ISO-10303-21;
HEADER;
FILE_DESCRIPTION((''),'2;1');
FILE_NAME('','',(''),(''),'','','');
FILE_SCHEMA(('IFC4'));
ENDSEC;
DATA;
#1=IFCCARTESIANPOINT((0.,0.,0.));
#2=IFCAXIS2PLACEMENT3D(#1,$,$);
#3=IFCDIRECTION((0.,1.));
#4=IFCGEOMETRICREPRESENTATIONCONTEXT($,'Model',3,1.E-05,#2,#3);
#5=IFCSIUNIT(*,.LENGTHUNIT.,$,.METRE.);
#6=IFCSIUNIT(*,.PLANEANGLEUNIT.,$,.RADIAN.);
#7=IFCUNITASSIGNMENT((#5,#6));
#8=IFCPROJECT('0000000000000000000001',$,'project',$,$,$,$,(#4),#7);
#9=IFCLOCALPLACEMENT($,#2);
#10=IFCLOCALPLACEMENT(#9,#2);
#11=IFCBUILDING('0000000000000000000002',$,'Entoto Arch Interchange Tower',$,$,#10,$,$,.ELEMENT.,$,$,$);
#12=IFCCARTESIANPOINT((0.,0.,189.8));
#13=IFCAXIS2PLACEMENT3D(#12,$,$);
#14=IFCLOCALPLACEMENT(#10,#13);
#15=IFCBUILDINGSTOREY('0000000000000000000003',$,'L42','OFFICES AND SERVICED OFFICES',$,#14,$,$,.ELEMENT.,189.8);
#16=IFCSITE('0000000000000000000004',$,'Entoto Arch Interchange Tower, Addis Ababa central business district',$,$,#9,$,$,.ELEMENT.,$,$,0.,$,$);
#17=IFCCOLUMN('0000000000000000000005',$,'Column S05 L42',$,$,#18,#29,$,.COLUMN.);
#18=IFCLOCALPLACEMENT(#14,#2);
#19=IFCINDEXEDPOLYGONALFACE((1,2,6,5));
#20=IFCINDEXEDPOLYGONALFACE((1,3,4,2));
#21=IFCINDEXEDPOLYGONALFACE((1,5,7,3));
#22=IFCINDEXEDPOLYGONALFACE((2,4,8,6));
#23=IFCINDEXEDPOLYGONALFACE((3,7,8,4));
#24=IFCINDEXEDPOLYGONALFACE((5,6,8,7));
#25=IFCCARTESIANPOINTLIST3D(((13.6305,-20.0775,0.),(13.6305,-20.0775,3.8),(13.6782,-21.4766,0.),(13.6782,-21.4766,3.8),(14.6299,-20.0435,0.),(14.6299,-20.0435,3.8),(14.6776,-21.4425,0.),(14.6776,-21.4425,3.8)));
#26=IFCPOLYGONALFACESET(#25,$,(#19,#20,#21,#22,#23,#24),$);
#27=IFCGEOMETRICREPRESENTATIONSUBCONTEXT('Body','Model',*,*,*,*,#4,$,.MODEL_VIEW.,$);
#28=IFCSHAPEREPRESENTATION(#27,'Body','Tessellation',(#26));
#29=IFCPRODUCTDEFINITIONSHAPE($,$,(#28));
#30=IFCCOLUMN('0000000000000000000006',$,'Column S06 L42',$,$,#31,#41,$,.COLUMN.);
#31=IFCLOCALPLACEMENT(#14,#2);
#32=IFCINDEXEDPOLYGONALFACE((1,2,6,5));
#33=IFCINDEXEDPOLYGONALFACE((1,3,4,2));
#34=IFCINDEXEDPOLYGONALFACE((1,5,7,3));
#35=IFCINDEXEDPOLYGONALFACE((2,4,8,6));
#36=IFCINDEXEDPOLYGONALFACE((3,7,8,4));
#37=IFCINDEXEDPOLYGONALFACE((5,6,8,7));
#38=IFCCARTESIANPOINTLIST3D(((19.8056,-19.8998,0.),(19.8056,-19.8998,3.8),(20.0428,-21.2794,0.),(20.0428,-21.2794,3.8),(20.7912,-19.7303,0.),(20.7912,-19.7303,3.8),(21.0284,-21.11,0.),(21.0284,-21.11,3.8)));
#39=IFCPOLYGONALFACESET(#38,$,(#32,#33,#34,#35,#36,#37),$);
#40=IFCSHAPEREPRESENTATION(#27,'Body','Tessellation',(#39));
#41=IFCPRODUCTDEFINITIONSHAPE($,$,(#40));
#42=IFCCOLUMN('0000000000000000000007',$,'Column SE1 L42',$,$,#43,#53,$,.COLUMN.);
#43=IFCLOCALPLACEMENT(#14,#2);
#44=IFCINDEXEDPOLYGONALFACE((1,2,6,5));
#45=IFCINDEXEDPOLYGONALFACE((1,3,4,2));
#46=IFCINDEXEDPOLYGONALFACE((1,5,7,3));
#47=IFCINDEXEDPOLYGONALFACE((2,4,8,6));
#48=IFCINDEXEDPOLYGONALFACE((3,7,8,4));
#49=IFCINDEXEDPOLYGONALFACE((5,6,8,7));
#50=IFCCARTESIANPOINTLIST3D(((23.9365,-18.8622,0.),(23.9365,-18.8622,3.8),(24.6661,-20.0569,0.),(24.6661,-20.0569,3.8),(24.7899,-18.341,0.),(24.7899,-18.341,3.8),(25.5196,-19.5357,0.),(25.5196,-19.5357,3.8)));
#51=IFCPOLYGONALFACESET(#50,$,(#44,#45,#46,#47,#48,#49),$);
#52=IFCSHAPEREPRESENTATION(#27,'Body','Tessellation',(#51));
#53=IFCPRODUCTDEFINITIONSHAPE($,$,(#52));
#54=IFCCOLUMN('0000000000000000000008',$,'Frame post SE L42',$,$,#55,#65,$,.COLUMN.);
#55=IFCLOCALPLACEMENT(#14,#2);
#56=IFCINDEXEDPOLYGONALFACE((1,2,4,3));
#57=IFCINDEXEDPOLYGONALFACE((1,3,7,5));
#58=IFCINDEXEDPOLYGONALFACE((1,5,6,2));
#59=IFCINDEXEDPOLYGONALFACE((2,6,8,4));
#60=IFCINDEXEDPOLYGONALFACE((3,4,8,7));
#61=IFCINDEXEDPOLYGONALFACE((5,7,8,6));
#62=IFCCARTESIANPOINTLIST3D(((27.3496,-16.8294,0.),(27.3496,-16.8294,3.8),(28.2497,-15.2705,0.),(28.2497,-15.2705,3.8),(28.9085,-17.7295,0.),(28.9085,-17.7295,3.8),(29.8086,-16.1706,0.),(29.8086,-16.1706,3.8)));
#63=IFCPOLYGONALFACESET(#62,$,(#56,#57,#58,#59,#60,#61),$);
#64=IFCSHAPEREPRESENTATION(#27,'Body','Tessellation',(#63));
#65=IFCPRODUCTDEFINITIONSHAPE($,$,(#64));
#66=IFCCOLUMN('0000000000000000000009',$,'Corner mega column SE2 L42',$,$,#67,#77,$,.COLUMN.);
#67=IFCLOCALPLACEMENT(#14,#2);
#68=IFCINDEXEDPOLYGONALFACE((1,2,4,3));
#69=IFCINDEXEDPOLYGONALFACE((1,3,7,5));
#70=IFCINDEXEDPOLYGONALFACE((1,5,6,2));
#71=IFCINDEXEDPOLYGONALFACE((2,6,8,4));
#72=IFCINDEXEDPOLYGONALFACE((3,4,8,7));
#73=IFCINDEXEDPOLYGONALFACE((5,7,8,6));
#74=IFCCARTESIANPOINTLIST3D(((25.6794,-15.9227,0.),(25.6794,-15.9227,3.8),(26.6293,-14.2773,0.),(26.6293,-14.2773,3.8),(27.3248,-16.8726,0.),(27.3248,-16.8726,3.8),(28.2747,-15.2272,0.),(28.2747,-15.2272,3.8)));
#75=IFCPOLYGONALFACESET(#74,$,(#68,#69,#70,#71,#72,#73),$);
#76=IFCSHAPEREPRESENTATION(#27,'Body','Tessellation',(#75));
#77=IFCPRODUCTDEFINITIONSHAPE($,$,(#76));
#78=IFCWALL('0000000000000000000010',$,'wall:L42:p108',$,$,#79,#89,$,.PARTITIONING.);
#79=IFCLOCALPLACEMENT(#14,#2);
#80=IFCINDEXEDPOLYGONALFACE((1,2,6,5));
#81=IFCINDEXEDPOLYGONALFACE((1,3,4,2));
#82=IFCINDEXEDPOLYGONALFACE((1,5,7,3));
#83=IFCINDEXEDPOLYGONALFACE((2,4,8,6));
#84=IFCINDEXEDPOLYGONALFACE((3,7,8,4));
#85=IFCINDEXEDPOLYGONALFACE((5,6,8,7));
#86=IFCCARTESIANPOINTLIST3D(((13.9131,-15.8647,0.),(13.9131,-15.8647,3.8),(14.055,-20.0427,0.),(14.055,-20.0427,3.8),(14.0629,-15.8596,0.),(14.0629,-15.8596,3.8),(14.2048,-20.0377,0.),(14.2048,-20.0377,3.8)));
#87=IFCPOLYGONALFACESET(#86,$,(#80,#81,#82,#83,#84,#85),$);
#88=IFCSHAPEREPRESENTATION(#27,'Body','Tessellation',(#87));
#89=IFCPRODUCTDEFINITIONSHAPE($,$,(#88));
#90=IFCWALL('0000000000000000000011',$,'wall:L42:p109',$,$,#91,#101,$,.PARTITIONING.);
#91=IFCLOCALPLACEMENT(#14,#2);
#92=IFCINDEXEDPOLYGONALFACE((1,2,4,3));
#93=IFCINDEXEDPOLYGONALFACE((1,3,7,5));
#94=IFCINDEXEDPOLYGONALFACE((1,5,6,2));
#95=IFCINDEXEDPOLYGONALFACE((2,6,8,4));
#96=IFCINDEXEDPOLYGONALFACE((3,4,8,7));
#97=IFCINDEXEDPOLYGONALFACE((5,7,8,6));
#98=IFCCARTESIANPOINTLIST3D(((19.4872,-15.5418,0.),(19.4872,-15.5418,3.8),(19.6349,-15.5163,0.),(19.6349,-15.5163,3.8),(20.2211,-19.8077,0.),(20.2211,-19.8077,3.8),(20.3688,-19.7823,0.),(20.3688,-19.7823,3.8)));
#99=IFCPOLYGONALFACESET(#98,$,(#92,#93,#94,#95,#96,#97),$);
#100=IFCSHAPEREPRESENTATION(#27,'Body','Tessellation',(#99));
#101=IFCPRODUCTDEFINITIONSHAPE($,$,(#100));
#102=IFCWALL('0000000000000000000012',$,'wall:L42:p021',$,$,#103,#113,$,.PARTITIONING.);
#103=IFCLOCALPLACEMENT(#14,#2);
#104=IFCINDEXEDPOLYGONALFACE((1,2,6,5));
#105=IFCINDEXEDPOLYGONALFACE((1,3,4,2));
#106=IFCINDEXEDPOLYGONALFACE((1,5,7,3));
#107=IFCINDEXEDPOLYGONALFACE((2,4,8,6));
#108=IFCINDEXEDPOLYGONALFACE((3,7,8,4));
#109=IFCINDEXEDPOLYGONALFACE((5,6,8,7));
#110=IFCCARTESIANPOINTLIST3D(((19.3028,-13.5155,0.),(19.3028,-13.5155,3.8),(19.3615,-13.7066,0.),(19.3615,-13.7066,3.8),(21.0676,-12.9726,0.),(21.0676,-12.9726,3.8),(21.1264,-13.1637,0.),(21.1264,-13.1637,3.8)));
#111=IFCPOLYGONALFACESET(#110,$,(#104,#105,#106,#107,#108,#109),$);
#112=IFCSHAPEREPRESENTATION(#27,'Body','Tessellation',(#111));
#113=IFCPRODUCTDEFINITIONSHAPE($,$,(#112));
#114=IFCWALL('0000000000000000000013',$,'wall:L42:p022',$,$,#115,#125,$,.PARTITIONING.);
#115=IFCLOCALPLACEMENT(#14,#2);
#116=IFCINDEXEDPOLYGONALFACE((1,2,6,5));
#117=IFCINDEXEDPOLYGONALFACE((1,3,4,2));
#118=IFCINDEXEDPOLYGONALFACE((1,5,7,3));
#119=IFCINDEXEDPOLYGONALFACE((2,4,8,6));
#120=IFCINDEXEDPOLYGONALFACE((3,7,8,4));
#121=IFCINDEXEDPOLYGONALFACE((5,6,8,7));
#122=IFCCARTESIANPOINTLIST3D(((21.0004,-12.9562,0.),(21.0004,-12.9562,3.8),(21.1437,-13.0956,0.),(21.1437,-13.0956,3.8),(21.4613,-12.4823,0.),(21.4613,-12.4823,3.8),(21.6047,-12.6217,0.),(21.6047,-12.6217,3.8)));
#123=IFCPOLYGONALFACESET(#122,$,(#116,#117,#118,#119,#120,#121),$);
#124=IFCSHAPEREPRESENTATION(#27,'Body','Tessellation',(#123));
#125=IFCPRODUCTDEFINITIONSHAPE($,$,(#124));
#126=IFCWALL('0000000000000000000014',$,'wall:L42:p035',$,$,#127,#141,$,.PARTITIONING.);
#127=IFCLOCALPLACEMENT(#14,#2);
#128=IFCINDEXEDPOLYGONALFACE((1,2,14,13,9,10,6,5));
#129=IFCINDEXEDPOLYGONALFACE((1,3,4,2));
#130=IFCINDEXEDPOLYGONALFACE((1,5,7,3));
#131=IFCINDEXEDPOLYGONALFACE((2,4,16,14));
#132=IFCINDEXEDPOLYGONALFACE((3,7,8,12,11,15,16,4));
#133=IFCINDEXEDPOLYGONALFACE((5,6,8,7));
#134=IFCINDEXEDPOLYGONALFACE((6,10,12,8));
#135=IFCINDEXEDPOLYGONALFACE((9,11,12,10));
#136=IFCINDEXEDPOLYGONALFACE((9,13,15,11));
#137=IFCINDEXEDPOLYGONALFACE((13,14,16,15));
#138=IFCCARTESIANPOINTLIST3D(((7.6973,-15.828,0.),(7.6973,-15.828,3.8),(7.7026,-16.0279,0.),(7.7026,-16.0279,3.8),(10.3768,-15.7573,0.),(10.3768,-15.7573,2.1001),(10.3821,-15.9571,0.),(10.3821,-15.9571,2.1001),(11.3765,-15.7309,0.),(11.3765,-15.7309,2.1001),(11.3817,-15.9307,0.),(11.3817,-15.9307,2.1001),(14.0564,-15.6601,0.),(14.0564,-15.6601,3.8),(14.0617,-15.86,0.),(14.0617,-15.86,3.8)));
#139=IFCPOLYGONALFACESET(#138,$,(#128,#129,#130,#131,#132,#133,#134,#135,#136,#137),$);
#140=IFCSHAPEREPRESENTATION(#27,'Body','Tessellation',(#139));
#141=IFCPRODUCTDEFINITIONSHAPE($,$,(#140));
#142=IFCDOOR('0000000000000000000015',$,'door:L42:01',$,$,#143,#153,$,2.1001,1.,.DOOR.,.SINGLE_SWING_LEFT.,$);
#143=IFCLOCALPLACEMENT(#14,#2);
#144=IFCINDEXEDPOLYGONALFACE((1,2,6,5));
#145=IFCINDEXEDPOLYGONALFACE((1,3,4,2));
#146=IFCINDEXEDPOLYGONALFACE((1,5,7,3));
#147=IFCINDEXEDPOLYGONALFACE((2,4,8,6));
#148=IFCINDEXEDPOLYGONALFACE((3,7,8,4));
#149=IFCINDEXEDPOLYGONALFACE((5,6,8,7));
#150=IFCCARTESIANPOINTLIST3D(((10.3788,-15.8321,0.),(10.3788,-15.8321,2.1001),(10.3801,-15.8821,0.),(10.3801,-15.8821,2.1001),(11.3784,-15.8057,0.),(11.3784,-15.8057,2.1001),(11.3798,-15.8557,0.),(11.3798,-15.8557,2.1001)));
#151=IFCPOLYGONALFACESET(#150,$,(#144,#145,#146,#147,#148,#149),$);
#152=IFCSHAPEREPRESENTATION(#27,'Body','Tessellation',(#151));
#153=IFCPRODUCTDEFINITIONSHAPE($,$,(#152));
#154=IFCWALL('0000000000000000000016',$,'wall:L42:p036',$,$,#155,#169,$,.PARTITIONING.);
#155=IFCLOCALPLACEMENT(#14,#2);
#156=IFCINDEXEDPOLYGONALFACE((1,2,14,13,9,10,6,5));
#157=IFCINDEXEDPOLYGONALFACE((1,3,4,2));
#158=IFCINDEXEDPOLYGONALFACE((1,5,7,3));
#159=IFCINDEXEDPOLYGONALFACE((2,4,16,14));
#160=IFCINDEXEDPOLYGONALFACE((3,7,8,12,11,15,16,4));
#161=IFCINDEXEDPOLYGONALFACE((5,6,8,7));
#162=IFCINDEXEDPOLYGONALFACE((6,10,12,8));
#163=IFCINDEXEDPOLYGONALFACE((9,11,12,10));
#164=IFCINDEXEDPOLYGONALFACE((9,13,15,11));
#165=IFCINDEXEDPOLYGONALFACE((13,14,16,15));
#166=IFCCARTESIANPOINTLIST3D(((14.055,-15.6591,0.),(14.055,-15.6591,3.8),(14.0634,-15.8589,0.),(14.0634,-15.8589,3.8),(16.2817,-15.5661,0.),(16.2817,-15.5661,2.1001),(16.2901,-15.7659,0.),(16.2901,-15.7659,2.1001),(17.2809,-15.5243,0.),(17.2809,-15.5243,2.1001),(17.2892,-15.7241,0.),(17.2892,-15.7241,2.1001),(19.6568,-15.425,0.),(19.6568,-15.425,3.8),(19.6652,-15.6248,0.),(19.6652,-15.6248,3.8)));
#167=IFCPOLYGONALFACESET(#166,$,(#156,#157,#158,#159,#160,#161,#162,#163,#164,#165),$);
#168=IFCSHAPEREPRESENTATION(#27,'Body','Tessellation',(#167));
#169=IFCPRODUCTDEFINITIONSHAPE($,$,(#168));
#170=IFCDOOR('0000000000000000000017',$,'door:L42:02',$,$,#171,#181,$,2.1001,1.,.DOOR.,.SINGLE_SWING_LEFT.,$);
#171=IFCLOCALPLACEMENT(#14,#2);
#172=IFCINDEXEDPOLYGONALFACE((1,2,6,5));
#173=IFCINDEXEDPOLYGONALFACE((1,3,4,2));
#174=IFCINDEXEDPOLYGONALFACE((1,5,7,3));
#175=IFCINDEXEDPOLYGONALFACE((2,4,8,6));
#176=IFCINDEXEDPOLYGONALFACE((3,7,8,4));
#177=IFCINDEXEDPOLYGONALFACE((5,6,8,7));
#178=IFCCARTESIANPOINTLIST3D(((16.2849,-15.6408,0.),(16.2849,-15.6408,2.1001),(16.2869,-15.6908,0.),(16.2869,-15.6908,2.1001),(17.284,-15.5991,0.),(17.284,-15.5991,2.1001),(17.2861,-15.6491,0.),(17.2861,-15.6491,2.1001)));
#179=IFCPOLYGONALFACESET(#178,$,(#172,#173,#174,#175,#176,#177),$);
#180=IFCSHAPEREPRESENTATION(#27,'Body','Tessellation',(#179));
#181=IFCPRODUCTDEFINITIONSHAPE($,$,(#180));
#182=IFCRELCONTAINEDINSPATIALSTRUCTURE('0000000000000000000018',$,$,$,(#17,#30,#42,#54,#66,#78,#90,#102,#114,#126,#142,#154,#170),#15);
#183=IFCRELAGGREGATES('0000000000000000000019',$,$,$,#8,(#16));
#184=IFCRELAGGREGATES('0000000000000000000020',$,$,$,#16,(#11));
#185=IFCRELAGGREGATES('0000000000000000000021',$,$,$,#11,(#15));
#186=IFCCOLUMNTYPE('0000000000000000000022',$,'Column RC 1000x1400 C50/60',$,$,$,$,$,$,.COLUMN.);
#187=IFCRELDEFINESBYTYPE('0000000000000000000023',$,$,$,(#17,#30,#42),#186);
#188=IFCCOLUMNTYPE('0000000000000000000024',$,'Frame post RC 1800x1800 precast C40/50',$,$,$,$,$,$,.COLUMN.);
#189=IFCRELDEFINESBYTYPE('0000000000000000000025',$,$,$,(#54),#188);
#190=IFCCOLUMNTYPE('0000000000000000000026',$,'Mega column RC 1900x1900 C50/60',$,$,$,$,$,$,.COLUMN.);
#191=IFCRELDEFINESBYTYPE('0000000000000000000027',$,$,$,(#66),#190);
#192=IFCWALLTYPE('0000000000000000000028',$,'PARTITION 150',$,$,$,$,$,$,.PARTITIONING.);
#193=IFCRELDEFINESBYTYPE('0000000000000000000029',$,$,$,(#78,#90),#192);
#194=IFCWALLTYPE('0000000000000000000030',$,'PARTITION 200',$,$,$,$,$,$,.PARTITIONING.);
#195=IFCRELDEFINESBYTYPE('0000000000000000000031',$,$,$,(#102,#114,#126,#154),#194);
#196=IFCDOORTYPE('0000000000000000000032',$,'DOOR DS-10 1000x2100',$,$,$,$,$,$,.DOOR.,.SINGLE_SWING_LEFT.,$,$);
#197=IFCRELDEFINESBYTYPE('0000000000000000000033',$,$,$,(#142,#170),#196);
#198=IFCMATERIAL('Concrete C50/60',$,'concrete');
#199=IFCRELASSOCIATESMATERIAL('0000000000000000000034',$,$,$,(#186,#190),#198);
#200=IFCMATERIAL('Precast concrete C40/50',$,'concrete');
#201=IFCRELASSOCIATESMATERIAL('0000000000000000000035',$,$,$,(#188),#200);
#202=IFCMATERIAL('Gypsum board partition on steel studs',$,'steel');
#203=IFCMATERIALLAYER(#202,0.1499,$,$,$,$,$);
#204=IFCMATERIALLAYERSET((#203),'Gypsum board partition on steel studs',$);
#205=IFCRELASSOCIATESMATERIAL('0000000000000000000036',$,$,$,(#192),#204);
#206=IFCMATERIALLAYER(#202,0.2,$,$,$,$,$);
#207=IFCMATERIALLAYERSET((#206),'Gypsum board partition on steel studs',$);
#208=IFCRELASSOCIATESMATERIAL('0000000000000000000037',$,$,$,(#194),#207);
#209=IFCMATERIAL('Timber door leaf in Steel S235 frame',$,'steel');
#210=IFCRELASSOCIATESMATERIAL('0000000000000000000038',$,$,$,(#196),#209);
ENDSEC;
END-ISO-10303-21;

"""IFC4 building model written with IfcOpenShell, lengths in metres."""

from ifc_helpers import new_model, si_unit, direction, frame, frame_2d, origin, origin_2d, place, context, subcontext, project, spatial, rectangle, extrude, material, layer, layer_set, material_profile, profile_set, type_object, element, fill, save


model = new_model("IFC4")

# Units and contexts
model_context = context("Model", 3, precision=1e-05, world=origin(), true_north=direction((0.0, 1.0)))
body_context = subcontext(model_context, "Body", "Model", "MODEL_VIEW")
ifc_project = project(units=[si_unit("LENGTHUNIT", "METRE"), si_unit("PLANEANGLEUNIT", "RADIAN")], contexts=[model_context])

# Site, building, storey
site_placement = place(None, origin())
site = spatial("IfcSite", under=ifc_project, at=site_placement, Name="Entoto Arch Interchange Tower, Addis Ababa central business district", CompositionType="ELEMENT", RefElevation=0.0)
building_placement = place(site_placement, origin())
building = spatial("IfcBuilding", under=site, at=building_placement, Name="Entoto Arch Interchange Tower", CompositionType="ELEMENT")
storey_placement = place(building_placement, frame((0.0, 0.0, 189.8)))
storey = spatial("IfcBuildingStorey", under=building, at=storey_placement, Name="L42", Description="OFFICES AND SERVICED OFFICES", CompositionType="ELEMENT", Elevation=189.8)

# Columns
ifc_material_1 = material(Name="Concrete C50/60", Category="concrete")
ifc_material_profile_1 = material_profile(ifc_material_1, rectangle(XDim=1.0, YDim=1.3999, at=origin_2d()))
ifc_profile_set_1 = profile_set([ifc_material_profile_1], Name="Concrete C50/60")
column_type_1 = type_object("IfcColumnType", Name="Column RC 1000x1400 C50/60", PredefinedType="COLUMN", material=ifc_profile_set_1)
for number, where, z_axis, x_axis, name in (
    (1, (14.1541, -20.76, 0.0), (0.0, 0.0, 1.0), (0.999421, 0.034027, 0.0), "Column S05 L42"),
    (2, (20.417, -20.5049, 0.0), (0.0, 0.0, 1.0), (0.985541, 0.169436, 0.0), "Column S06 L42"),
    (3, (24.728, -19.199, 0.0), (0.0, 0.0, 1.0), (0.853423, 0.521218, 0.0), "Column SE1 L42"),
):
    element("IfcColumn", number, at=place(storey_placement, frame(where, z_axis=z_axis, x_axis=x_axis)), inside=storey, type_object=column_type_1, Name=name, PredefinedType="COLUMN", context=body_context, shape_type="SweptSolid", body=[
        extrude(rectangle(XDim=1.0, YDim=1.3999, at=origin_2d()), origin(), (0.0, 0.0, 1.0), 3.8),
    ])
ifc_material_2 = material(Name="Precast concrete C40/50", Category="concrete")
ifc_material_profile_2 = material_profile(ifc_material_2, rectangle(XDim=1.8, YDim=1.8, at=origin_2d()))
ifc_profile_set_2 = profile_set([ifc_material_profile_2], Name="Precast concrete C40/50")
column_type_2 = type_object("IfcColumnType", Name="Frame post RC 1800x1800 precast C40/50", PredefinedType="COLUMN", material=ifc_profile_set_2)
column_1_placement = place(storey_placement, frame((28.5791, -16.5, 0.0), z_axis=(0.0, 0.0, 1.0), x_axis=(-0.866025, 0.5, 0.0)))
element("IfcColumn", 4, at=column_1_placement, inside=storey, type_object=column_type_2, Name="Frame post SE L42", PredefinedType="COLUMN", context=body_context, shape_type="SweptSolid", body=[
    extrude(rectangle(XDim=1.8, YDim=1.8, at=origin_2d()), origin(), (0.0, 0.0, 1.0), 3.8),
])
ifc_material_profile_3 = material_profile(ifc_material_1, rectangle(XDim=1.8999, YDim=1.8999, at=origin_2d()))
ifc_profile_set_3 = profile_set([ifc_material_profile_3], Name="Concrete C50/60")
column_type_3 = type_object("IfcColumnType", Name="Mega column RC 1900x1900 C50/60", PredefinedType="COLUMN", material=ifc_profile_set_3)
column_2_placement = place(storey_placement, frame((26.9771, -15.575, 0.0), z_axis=(0.0, 0.0, 1.0), x_axis=(-0.866025, 0.5, 0.0)))
element("IfcColumn", 5, at=column_2_placement, inside=storey, type_object=column_type_3, Name="Corner mega column SE2 L42", PredefinedType="COLUMN", context=body_context, shape_type="SweptSolid", body=[
    extrude(rectangle(XDim=1.8999, YDim=1.8999, at=origin_2d()), origin(), (0.0, 0.0, 1.0), 3.8),
])

# Walls
ifc_material_3 = material(Name="Gypsum board partition on steel studs", Category="steel")
ifc_layer_1 = layer(ifc_material_3, 0.1499)
ifc_layer_set_1 = layer_set([ifc_layer_1], Name="Gypsum board partition on steel studs")
wall_type_1 = type_object("IfcWallType", Name="PARTITION 150", PredefinedType="PARTITIONING", material=ifc_layer_set_1)
wall_1_placement = place(storey_placement, frame((13.988, -15.8621, 0.0), z_axis=(0.0, 0.0, 1.0), x_axis=(0.033931, -0.999424, 0.0)))
element("IfcWall", 6, at=wall_1_placement, inside=storey, type_object=wall_type_1, Name="wall:L42:p108", PredefinedType="PARTITIONING", context=body_context, shape_type="SweptSolid", body=[
    extrude(rectangle(XDim=4.1804, YDim=0.1499, at=frame_2d((2.0903, 0.0))), origin(), (0.0, 0.0, 1.0), 3.8),
])
wall_2_placement = place(storey_placement, frame((19.561, -15.5291, 0.0), z_axis=(0.0, 0.0, 1.0), x_axis=(0.169546, -0.985522, 0.0)))
element("IfcWall", 7, at=wall_2_placement, inside=storey, type_object=wall_type_1, Name="wall:L42:p109", PredefinedType="PARTITIONING", context=body_context, shape_type="SweptSolid", body=[
    extrude(rectangle(XDim=4.3286, YDim=0.1499, at=frame_2d((2.1643, 0.0))), origin(), (0.0, 0.0, 1.0), 3.8),
])
ifc_layer_2 = layer(ifc_material_3, 0.2)
ifc_layer_set_2 = layer_set([ifc_layer_2], Name="Gypsum board partition on steel studs")
wall_type_2 = type_object("IfcWallType", Name="PARTITION 200", PredefinedType="PARTITIONING", material=ifc_layer_set_2)
wall_3_placement = place(storey_placement, frame((19.332, -13.6111, 0.0), z_axis=(0.0, 0.0, 1.0), x_axis=(0.95579, 0.294049, 0.0)))
element("IfcWall", 8, at=wall_3_placement, inside=storey, type_object=wall_type_2, Name="wall:L42:p021", PredefinedType="PARTITIONING", context=body_context, shape_type="SweptSolid", body=[
    extrude(rectangle(XDim=1.8464, YDim=0.2, at=frame_2d((0.9233, 0.0))), origin(), (0.0, 0.0, 1.0), 3.8),
])
wall_4_placement = place(storey_placement, frame((21.072, -13.0259, 0.0), z_axis=(0.0, 0.0, 1.0), x_axis=(0.697252, 0.716826, 0.0)))
element("IfcWall", 9, at=wall_4_placement, inside=storey, type_object=wall_type_2, Name="wall:L42:p022", PredefinedType="PARTITIONING", context=body_context, shape_type="SweptSolid", body=[
    extrude(rectangle(XDim=0.6611, YDim=0.2, at=frame_2d((0.3306, 0.0))), origin(), (0.0, 0.0, 1.0), 3.8),
])

# Walls, openings, doors
wall_5_placement = place(storey_placement, frame((14.0591, -15.76, 0.0), z_axis=(0.0, 0.0, 1.0), x_axis=(-0.999651, -0.026405, 0.0)))
wall_5 = element("IfcWall", 10, at=wall_5_placement, inside=storey, type_object=wall_type_2, Name="wall:L42:p035", PredefinedType="PARTITIONING", context=body_context, shape_type="SweptSolid", body=[
    extrude(rectangle(XDim=6.3613, YDim=0.2, at=frame_2d((3.1807, 0.0))), origin(), (0.0, 0.0, 1.0), 3.8),
])
opening_1_placement = place(wall_5_placement, frame((2.6809, 0.0, 0.0)))
opening_1 = element("IfcOpeningElement", 11, at=opening_1_placement, cuts=wall_5, PredefinedType="OPENING", context=body_context, shape_type="SweptSolid", body=[
    extrude(rectangle(XDim=1.0, YDim=2.1001, at=frame_2d((0.5, 1.05))), frame((0.0, 0.1099, 0.0), z_axis=(0.0, -1.0, 0.0), x_axis=(1.0, 0.0, 0.0)), (0.0, 0.0, 1.0), 0.22),
])
ifc_material_4 = material(Name="Timber door leaf in Steel S235 frame", Category="steel")
door_type = type_object("IfcDoorType", Name="DOOR DS-10 1000x2100", OperationType="SINGLE_SWING_LEFT", PredefinedType="DOOR", material=ifc_material_4)
door_1_placement = place(opening_1_placement, origin())
door_1 = element("IfcDoor", 12, at=door_1_placement, inside=storey, type_object=door_type, Name="door:L42:01", OperationType="SINGLE_SWING_LEFT", OverallHeight=2.1001, OverallWidth=1.0, PredefinedType="DOOR", context=body_context, shape_type="SweptSolid", body=[
    extrude(rectangle(XDim=1.0, YDim=2.1001, at=frame_2d((0.5, 1.05))), frame((0.0, 0.0249, 0.0), z_axis=(0.0, -1.0, 0.0), x_axis=(1.0, 0.0, 0.0)), (0.0, 0.0, 1.0), 0.05),
])
fill(opening_1, door_1)
wall_6_placement = place(storey_placement, frame((19.6609, -15.5249, 0.0), z_axis=(0.0, 0.0, 1.0), x_axis=(-0.999128, -0.041759, 0.0)))
wall_6 = element("IfcWall", 13, at=wall_6_placement, inside=storey, type_object=wall_type_2, Name="wall:L42:p036", PredefinedType="PARTITIONING", context=body_context, shape_type="SweptSolid", body=[
    extrude(rectangle(XDim=5.6067, YDim=0.2, at=frame_2d((2.8032, 0.0))), origin(), (0.0, 0.0, 1.0), 3.8),
])
opening_2_placement = place(wall_6_placement, frame((2.3779, 0.0, 0.0)))
opening_2 = element("IfcOpeningElement", 14, at=opening_2_placement, cuts=wall_6, PredefinedType="OPENING", context=body_context, shape_type="SweptSolid", body=[
    extrude(rectangle(XDim=1.0, YDim=2.1001, at=frame_2d((0.5, 1.05))), frame((0.0, 0.1099, 0.0), z_axis=(0.0, -1.0, 0.0), x_axis=(1.0, 0.0, 0.0)), (0.0, 0.0, 1.0), 0.22),
])
door_2_placement = place(opening_2_placement, origin())
door_2 = element("IfcDoor", 15, at=door_2_placement, inside=storey, type_object=door_type, Name="door:L42:02", OperationType="SINGLE_SWING_LEFT", OverallHeight=2.1001, OverallWidth=1.0, PredefinedType="DOOR", context=body_context, shape_type="SweptSolid", body=[
    extrude(rectangle(XDim=1.0, YDim=2.1001, at=frame_2d((0.5, 1.05))), frame((0.0, 0.0249, 0.0), z_axis=(0.0, -1.0, 0.0), x_axis=(1.0, 0.0, 0.0)), (0.0, 0.0, 1.0), 0.05),
])
fill(opening_2, door_2)

save(model, "model.ifc")
